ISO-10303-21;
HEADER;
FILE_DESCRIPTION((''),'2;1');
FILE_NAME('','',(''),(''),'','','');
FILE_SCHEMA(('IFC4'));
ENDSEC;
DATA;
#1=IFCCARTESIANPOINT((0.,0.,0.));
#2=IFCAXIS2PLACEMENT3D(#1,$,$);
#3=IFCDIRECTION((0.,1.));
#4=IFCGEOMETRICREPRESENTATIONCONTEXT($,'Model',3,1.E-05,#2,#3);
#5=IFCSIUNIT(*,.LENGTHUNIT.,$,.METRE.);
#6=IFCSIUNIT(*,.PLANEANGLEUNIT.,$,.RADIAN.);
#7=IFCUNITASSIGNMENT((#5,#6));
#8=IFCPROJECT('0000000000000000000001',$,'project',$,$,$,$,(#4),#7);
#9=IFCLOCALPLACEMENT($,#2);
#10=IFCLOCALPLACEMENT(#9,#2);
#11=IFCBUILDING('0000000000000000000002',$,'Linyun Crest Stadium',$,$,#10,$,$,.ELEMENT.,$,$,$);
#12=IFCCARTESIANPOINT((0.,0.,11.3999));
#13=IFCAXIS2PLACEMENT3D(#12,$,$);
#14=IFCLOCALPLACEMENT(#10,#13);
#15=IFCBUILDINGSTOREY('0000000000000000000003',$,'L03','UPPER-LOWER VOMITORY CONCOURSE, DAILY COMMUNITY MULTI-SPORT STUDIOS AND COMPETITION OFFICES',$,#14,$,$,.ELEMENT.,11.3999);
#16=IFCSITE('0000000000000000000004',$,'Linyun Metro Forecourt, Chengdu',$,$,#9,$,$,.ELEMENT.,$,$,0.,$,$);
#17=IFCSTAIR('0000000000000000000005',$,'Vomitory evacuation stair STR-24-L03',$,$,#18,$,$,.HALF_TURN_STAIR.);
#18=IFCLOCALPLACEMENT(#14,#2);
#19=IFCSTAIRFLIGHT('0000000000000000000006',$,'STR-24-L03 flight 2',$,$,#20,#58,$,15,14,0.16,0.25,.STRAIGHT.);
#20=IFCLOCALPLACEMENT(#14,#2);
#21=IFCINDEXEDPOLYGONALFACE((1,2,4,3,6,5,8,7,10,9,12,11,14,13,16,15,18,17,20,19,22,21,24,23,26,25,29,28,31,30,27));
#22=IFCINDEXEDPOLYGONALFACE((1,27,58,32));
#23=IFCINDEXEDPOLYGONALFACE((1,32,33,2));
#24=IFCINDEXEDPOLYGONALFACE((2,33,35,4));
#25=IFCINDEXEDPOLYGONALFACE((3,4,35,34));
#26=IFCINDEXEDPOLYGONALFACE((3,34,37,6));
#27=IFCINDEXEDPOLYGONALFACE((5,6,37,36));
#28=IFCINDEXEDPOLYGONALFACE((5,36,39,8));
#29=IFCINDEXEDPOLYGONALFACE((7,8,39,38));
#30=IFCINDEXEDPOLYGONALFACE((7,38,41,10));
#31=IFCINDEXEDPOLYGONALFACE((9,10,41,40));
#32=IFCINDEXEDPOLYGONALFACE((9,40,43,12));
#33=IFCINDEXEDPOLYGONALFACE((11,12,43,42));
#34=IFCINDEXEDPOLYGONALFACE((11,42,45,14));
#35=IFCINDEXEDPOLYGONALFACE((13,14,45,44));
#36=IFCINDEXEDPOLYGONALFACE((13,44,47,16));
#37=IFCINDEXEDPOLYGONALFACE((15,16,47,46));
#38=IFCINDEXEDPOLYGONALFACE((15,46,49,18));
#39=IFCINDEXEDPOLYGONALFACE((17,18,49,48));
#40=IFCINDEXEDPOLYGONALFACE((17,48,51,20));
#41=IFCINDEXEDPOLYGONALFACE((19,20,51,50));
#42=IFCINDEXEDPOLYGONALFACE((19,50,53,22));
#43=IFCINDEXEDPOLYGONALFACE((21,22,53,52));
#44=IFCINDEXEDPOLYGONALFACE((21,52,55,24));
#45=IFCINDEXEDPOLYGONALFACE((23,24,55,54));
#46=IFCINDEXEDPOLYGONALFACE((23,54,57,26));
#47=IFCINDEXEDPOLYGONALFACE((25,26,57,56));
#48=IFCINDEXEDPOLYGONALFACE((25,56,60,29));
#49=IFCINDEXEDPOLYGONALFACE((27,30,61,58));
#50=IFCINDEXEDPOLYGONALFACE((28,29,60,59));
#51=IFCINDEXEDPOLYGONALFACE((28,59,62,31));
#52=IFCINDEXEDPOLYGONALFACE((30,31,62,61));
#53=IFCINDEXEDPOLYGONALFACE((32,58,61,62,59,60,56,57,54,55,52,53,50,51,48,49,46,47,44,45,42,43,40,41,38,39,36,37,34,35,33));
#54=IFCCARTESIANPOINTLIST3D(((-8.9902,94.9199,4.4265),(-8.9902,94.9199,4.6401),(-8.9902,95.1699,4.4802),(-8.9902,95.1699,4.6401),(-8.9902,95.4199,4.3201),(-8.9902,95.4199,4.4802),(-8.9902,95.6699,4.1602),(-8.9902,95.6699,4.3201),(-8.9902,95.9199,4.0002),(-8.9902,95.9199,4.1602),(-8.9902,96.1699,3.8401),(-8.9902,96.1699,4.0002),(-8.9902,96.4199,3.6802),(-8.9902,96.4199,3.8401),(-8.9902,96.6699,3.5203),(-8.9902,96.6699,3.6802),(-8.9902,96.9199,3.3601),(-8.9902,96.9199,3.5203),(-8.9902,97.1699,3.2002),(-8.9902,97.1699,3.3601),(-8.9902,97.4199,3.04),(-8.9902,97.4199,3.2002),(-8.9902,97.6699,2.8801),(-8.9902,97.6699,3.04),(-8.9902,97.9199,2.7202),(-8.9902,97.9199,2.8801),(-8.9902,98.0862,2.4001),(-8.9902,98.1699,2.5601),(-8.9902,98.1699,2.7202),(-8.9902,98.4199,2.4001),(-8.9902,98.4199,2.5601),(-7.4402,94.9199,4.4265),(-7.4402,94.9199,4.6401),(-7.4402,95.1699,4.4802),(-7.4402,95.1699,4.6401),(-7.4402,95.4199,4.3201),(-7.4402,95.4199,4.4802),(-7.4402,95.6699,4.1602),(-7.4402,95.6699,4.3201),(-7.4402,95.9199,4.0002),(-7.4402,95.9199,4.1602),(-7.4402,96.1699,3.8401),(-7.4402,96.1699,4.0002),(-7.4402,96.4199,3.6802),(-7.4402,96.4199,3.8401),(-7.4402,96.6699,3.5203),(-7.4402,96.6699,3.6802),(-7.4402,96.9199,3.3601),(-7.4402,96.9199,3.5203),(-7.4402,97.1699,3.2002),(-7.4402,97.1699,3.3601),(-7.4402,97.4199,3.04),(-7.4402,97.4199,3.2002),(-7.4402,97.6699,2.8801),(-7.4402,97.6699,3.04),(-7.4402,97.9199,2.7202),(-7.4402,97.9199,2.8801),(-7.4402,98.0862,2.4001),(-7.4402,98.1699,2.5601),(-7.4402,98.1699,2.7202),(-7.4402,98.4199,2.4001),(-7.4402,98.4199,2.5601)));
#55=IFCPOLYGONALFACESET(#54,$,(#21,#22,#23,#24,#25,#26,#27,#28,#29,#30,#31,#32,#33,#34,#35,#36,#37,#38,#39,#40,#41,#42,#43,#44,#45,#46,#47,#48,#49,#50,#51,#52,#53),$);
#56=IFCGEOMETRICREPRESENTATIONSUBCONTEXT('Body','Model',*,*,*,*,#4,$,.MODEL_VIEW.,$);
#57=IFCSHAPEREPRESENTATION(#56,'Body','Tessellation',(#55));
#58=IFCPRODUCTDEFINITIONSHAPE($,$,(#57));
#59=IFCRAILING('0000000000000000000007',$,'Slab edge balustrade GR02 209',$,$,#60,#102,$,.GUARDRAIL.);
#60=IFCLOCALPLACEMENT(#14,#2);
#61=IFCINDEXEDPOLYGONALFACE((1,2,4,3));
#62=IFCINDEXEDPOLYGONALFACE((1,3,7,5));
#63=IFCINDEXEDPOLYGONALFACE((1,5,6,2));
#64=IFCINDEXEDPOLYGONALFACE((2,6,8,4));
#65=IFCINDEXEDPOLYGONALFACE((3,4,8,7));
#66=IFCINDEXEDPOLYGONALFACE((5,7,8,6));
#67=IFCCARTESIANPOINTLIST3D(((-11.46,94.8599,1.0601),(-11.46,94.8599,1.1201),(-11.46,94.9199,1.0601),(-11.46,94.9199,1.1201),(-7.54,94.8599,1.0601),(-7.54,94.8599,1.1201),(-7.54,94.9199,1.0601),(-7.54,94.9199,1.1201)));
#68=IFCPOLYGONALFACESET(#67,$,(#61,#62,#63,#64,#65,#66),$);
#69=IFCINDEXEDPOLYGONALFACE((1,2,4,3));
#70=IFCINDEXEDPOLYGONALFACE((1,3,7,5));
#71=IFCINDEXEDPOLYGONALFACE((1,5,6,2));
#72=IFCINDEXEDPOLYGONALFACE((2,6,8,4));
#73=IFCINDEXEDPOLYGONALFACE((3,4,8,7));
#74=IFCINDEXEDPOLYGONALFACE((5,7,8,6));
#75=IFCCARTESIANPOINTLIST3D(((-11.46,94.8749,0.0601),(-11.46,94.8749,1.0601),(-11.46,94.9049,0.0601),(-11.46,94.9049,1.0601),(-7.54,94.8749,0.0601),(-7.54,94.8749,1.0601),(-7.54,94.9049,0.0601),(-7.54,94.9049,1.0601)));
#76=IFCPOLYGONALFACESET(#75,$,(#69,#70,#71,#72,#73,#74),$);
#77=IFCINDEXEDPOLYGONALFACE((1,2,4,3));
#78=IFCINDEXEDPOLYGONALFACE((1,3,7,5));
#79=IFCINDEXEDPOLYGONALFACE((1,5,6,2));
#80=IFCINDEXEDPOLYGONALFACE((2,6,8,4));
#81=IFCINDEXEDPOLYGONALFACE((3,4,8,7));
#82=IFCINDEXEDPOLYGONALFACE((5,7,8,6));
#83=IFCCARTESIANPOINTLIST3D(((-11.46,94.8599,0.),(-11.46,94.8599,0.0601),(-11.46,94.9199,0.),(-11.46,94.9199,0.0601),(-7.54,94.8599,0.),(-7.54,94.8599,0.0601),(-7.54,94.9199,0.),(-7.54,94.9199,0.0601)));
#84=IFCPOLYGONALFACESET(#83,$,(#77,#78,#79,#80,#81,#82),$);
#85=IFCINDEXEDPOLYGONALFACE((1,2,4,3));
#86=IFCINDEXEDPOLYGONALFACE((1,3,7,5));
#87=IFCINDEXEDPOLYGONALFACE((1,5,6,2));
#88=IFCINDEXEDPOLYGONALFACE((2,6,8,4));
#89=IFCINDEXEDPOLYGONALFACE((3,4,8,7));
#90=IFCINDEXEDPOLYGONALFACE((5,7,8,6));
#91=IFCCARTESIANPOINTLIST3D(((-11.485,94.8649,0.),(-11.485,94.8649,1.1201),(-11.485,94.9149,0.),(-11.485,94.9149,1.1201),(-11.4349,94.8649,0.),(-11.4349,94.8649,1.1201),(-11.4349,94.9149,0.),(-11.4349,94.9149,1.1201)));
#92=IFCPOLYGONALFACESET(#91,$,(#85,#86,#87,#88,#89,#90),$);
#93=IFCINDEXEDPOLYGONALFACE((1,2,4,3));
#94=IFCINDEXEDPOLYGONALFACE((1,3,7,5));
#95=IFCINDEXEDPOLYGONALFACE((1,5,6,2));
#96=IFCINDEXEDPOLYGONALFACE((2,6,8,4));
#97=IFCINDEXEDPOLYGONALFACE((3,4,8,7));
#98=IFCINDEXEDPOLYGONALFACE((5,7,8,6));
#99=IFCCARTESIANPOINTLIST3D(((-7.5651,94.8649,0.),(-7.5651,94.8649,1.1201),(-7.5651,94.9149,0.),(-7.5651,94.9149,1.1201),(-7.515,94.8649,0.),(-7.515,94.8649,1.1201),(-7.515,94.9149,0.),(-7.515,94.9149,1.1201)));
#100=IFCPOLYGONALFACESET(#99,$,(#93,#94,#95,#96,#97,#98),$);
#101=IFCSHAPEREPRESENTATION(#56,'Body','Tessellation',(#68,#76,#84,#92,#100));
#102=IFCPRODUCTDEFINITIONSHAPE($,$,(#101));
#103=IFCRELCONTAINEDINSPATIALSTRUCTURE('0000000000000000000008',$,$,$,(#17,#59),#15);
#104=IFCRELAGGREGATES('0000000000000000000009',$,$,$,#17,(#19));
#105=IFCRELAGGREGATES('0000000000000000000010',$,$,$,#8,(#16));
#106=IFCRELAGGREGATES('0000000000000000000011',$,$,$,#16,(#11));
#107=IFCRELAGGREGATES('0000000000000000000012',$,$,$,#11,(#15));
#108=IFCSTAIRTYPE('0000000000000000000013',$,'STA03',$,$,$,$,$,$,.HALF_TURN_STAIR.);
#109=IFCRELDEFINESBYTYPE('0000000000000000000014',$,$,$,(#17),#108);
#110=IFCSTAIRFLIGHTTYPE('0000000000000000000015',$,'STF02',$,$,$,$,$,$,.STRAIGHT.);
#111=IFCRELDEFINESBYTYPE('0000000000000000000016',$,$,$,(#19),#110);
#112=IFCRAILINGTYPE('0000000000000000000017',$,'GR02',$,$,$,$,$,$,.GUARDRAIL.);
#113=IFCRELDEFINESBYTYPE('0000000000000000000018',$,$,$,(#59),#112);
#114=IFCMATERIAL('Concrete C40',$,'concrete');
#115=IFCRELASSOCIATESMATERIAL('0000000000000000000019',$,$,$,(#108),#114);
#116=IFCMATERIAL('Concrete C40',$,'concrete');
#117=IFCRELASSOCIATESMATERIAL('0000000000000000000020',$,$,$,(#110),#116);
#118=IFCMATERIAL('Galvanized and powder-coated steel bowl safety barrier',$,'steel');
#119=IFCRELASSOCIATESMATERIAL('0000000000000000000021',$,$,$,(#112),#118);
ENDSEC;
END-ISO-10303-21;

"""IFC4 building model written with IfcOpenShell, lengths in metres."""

from ifc_helpers import new_model, si_unit, direction, frame, origin, origin_2d, place, context, subcontext, project, spatial, polyline, rectangle, outline, extrude, material, type_object, element, aggregate, save


model = new_model("IFC4")

# Units and contexts
model_context = context("Model", 3, precision=1e-05, world=origin(), true_north=direction((0.0, 1.0)))
body_context = subcontext(model_context, "Body", "Model", "MODEL_VIEW")
ifc_project = project(units=[si_unit("LENGTHUNIT", "METRE"), si_unit("PLANEANGLEUNIT", "RADIAN")], contexts=[model_context])

# Site, building, storey
site_placement = place(None, origin())
site = spatial("IfcSite", under=ifc_project, at=site_placement, Name="Linyun Metro Forecourt, Chengdu", CompositionType="ELEMENT", RefElevation=0.0)
building_placement = place(site_placement, origin())
building = spatial("IfcBuilding", under=site, at=building_placement, Name="Linyun Crest Stadium", CompositionType="ELEMENT")
storey_placement = place(building_placement, frame((0.0, 0.0, 11.3999)))
storey = spatial("IfcBuildingStorey", under=building, at=storey_placement, Name="L03", Description="UPPER-LOWER VOMITORY CONCOURSE, DAILY COMMUNITY MULTI-SPORT STUDIOS AND COMPETITION OFFICES", CompositionType="ELEMENT", Elevation=11.3999)

# Stair, stair flight
ifc_material_1 = material(Name="Concrete C40", Category="concrete")
stair_type = type_object("IfcStairType", Name="STA03", PredefinedType="HALF_TURN_STAIR", material=ifc_material_1)
stair_placement = place(storey_placement, origin())
stair = element("IfcStair", 1, at=stair_placement, inside=storey, type_object=stair_type, Name="Vomitory evacuation stair STR-24-L03", PredefinedType="HALF_TURN_STAIR")
ifc_material_2 = material(Name="Concrete C40", Category="concrete")
stair_flight_type = type_object("IfcStairFlightType", Name="STF02", PredefinedType="STRAIGHT", material=ifc_material_2)
stair_flight_1_placement = place(storey_placement, frame((-8.2151, 98.4199, 2.4001), z_axis=(0.0, 0.0, 1.0), x_axis=(0.0, -1.0, 0.0)))
stair_flight_1 = element("IfcStairFlight", 2, at=stair_flight_1_placement, type_object=stair_flight_type, Name="STR-24-L03 flight 2", NumberOfRisers=15, NumberOfTreads=14, PredefinedType="STRAIGHT", RiserHeight=0.16, TreadLength=0.25, context=body_context, shape_type="SweptSolid", body=[
    extrude(outline(polyline([(0.0, 0.0), (0.0, 0.1599), (0.25, 0.1599), (0.25, 0.3201), (0.5, 0.3201), (0.5, 0.48), (0.75, 0.48), (0.75, 0.6399), (1.0, 0.6399), (1.0, 0.8), (1.25, 0.8), (1.25, 0.96), (1.5, 0.96), (1.5, 1.1201), (1.75, 1.1201), (1.75, 1.28), (2.0, 1.28), (2.0, 1.4399), (2.25, 1.4399), (2.25, 1.6001), (2.5, 1.6001), (2.5, 1.76), (2.75, 1.76), (2.75, 1.9199), (3.0, 1.9199), (3.0, 2.0801), (3.25, 2.0801), (3.25, 2.24), (3.5, 2.24), (3.5, 2.3999), (3.5, 2.0264), (0.3337, 0.0), (0.0, 0.0)])), frame((0.0, 0.7749, 0.0), z_axis=(0.0, -1.0, 0.0), x_axis=(1.0, 0.0, 0.0)), (0.0, 0.0, 1.0), 1.55),
])
aggregate(stair, [stair_flight_1])

# Railing
ifc_material_3 = material(Name="Galvanized and powder-coated steel bowl safety barrier", Category="steel")
railing_type_1 = type_object("IfcRailingType", Name="GR02", PredefinedType="GUARDRAIL", material=ifc_material_3)
railing_1_placement = place(storey_placement, frame((-11.46, 94.8899, 0.0)))
element("IfcRailing", 3, at=railing_1_placement, inside=storey, type_object=railing_type_1, Name="Slab edge balustrade GR02 209", PredefinedType="GUARDRAIL", context=body_context, shape_type="SweptSolid", body=[
    extrude(rectangle(XDim=0.0601, YDim=0.0601, at=origin_2d()), frame((0.0, 0.0, 1.0901), z_axis=(1.0, 0.0, 0.0), x_axis=(0.0, 1.0, 0.0)), (0.0, 0.0, 1.0), 3.9199),
    extrude(rectangle(XDim=0.03, YDim=1.0, at=origin_2d()), frame((0.0, 0.0, 0.5601), z_axis=(1.0, 0.0, 0.0), x_axis=(0.0, 1.0, 0.0)), (0.0, 0.0, 1.0), 3.9199),
    extrude(rectangle(XDim=0.0601, YDim=0.0601, at=origin_2d()), frame((0.0, 0.0, 0.03), z_axis=(1.0, 0.0, 0.0), x_axis=(0.0, 1.0, 0.0)), (0.0, 0.0, 1.0), 3.9199),
    extrude(rectangle(XDim=0.05, YDim=0.05, at=origin_2d()), origin(), (0.0, 0.0, 1.0), 1.1201),
    extrude(rectangle(XDim=0.05, YDim=0.05, at=origin_2d()), frame((3.9199, 0.0, 0.0)), (0.0, 0.0, 1.0), 1.1201),
])

save(model, "model.ifc")
